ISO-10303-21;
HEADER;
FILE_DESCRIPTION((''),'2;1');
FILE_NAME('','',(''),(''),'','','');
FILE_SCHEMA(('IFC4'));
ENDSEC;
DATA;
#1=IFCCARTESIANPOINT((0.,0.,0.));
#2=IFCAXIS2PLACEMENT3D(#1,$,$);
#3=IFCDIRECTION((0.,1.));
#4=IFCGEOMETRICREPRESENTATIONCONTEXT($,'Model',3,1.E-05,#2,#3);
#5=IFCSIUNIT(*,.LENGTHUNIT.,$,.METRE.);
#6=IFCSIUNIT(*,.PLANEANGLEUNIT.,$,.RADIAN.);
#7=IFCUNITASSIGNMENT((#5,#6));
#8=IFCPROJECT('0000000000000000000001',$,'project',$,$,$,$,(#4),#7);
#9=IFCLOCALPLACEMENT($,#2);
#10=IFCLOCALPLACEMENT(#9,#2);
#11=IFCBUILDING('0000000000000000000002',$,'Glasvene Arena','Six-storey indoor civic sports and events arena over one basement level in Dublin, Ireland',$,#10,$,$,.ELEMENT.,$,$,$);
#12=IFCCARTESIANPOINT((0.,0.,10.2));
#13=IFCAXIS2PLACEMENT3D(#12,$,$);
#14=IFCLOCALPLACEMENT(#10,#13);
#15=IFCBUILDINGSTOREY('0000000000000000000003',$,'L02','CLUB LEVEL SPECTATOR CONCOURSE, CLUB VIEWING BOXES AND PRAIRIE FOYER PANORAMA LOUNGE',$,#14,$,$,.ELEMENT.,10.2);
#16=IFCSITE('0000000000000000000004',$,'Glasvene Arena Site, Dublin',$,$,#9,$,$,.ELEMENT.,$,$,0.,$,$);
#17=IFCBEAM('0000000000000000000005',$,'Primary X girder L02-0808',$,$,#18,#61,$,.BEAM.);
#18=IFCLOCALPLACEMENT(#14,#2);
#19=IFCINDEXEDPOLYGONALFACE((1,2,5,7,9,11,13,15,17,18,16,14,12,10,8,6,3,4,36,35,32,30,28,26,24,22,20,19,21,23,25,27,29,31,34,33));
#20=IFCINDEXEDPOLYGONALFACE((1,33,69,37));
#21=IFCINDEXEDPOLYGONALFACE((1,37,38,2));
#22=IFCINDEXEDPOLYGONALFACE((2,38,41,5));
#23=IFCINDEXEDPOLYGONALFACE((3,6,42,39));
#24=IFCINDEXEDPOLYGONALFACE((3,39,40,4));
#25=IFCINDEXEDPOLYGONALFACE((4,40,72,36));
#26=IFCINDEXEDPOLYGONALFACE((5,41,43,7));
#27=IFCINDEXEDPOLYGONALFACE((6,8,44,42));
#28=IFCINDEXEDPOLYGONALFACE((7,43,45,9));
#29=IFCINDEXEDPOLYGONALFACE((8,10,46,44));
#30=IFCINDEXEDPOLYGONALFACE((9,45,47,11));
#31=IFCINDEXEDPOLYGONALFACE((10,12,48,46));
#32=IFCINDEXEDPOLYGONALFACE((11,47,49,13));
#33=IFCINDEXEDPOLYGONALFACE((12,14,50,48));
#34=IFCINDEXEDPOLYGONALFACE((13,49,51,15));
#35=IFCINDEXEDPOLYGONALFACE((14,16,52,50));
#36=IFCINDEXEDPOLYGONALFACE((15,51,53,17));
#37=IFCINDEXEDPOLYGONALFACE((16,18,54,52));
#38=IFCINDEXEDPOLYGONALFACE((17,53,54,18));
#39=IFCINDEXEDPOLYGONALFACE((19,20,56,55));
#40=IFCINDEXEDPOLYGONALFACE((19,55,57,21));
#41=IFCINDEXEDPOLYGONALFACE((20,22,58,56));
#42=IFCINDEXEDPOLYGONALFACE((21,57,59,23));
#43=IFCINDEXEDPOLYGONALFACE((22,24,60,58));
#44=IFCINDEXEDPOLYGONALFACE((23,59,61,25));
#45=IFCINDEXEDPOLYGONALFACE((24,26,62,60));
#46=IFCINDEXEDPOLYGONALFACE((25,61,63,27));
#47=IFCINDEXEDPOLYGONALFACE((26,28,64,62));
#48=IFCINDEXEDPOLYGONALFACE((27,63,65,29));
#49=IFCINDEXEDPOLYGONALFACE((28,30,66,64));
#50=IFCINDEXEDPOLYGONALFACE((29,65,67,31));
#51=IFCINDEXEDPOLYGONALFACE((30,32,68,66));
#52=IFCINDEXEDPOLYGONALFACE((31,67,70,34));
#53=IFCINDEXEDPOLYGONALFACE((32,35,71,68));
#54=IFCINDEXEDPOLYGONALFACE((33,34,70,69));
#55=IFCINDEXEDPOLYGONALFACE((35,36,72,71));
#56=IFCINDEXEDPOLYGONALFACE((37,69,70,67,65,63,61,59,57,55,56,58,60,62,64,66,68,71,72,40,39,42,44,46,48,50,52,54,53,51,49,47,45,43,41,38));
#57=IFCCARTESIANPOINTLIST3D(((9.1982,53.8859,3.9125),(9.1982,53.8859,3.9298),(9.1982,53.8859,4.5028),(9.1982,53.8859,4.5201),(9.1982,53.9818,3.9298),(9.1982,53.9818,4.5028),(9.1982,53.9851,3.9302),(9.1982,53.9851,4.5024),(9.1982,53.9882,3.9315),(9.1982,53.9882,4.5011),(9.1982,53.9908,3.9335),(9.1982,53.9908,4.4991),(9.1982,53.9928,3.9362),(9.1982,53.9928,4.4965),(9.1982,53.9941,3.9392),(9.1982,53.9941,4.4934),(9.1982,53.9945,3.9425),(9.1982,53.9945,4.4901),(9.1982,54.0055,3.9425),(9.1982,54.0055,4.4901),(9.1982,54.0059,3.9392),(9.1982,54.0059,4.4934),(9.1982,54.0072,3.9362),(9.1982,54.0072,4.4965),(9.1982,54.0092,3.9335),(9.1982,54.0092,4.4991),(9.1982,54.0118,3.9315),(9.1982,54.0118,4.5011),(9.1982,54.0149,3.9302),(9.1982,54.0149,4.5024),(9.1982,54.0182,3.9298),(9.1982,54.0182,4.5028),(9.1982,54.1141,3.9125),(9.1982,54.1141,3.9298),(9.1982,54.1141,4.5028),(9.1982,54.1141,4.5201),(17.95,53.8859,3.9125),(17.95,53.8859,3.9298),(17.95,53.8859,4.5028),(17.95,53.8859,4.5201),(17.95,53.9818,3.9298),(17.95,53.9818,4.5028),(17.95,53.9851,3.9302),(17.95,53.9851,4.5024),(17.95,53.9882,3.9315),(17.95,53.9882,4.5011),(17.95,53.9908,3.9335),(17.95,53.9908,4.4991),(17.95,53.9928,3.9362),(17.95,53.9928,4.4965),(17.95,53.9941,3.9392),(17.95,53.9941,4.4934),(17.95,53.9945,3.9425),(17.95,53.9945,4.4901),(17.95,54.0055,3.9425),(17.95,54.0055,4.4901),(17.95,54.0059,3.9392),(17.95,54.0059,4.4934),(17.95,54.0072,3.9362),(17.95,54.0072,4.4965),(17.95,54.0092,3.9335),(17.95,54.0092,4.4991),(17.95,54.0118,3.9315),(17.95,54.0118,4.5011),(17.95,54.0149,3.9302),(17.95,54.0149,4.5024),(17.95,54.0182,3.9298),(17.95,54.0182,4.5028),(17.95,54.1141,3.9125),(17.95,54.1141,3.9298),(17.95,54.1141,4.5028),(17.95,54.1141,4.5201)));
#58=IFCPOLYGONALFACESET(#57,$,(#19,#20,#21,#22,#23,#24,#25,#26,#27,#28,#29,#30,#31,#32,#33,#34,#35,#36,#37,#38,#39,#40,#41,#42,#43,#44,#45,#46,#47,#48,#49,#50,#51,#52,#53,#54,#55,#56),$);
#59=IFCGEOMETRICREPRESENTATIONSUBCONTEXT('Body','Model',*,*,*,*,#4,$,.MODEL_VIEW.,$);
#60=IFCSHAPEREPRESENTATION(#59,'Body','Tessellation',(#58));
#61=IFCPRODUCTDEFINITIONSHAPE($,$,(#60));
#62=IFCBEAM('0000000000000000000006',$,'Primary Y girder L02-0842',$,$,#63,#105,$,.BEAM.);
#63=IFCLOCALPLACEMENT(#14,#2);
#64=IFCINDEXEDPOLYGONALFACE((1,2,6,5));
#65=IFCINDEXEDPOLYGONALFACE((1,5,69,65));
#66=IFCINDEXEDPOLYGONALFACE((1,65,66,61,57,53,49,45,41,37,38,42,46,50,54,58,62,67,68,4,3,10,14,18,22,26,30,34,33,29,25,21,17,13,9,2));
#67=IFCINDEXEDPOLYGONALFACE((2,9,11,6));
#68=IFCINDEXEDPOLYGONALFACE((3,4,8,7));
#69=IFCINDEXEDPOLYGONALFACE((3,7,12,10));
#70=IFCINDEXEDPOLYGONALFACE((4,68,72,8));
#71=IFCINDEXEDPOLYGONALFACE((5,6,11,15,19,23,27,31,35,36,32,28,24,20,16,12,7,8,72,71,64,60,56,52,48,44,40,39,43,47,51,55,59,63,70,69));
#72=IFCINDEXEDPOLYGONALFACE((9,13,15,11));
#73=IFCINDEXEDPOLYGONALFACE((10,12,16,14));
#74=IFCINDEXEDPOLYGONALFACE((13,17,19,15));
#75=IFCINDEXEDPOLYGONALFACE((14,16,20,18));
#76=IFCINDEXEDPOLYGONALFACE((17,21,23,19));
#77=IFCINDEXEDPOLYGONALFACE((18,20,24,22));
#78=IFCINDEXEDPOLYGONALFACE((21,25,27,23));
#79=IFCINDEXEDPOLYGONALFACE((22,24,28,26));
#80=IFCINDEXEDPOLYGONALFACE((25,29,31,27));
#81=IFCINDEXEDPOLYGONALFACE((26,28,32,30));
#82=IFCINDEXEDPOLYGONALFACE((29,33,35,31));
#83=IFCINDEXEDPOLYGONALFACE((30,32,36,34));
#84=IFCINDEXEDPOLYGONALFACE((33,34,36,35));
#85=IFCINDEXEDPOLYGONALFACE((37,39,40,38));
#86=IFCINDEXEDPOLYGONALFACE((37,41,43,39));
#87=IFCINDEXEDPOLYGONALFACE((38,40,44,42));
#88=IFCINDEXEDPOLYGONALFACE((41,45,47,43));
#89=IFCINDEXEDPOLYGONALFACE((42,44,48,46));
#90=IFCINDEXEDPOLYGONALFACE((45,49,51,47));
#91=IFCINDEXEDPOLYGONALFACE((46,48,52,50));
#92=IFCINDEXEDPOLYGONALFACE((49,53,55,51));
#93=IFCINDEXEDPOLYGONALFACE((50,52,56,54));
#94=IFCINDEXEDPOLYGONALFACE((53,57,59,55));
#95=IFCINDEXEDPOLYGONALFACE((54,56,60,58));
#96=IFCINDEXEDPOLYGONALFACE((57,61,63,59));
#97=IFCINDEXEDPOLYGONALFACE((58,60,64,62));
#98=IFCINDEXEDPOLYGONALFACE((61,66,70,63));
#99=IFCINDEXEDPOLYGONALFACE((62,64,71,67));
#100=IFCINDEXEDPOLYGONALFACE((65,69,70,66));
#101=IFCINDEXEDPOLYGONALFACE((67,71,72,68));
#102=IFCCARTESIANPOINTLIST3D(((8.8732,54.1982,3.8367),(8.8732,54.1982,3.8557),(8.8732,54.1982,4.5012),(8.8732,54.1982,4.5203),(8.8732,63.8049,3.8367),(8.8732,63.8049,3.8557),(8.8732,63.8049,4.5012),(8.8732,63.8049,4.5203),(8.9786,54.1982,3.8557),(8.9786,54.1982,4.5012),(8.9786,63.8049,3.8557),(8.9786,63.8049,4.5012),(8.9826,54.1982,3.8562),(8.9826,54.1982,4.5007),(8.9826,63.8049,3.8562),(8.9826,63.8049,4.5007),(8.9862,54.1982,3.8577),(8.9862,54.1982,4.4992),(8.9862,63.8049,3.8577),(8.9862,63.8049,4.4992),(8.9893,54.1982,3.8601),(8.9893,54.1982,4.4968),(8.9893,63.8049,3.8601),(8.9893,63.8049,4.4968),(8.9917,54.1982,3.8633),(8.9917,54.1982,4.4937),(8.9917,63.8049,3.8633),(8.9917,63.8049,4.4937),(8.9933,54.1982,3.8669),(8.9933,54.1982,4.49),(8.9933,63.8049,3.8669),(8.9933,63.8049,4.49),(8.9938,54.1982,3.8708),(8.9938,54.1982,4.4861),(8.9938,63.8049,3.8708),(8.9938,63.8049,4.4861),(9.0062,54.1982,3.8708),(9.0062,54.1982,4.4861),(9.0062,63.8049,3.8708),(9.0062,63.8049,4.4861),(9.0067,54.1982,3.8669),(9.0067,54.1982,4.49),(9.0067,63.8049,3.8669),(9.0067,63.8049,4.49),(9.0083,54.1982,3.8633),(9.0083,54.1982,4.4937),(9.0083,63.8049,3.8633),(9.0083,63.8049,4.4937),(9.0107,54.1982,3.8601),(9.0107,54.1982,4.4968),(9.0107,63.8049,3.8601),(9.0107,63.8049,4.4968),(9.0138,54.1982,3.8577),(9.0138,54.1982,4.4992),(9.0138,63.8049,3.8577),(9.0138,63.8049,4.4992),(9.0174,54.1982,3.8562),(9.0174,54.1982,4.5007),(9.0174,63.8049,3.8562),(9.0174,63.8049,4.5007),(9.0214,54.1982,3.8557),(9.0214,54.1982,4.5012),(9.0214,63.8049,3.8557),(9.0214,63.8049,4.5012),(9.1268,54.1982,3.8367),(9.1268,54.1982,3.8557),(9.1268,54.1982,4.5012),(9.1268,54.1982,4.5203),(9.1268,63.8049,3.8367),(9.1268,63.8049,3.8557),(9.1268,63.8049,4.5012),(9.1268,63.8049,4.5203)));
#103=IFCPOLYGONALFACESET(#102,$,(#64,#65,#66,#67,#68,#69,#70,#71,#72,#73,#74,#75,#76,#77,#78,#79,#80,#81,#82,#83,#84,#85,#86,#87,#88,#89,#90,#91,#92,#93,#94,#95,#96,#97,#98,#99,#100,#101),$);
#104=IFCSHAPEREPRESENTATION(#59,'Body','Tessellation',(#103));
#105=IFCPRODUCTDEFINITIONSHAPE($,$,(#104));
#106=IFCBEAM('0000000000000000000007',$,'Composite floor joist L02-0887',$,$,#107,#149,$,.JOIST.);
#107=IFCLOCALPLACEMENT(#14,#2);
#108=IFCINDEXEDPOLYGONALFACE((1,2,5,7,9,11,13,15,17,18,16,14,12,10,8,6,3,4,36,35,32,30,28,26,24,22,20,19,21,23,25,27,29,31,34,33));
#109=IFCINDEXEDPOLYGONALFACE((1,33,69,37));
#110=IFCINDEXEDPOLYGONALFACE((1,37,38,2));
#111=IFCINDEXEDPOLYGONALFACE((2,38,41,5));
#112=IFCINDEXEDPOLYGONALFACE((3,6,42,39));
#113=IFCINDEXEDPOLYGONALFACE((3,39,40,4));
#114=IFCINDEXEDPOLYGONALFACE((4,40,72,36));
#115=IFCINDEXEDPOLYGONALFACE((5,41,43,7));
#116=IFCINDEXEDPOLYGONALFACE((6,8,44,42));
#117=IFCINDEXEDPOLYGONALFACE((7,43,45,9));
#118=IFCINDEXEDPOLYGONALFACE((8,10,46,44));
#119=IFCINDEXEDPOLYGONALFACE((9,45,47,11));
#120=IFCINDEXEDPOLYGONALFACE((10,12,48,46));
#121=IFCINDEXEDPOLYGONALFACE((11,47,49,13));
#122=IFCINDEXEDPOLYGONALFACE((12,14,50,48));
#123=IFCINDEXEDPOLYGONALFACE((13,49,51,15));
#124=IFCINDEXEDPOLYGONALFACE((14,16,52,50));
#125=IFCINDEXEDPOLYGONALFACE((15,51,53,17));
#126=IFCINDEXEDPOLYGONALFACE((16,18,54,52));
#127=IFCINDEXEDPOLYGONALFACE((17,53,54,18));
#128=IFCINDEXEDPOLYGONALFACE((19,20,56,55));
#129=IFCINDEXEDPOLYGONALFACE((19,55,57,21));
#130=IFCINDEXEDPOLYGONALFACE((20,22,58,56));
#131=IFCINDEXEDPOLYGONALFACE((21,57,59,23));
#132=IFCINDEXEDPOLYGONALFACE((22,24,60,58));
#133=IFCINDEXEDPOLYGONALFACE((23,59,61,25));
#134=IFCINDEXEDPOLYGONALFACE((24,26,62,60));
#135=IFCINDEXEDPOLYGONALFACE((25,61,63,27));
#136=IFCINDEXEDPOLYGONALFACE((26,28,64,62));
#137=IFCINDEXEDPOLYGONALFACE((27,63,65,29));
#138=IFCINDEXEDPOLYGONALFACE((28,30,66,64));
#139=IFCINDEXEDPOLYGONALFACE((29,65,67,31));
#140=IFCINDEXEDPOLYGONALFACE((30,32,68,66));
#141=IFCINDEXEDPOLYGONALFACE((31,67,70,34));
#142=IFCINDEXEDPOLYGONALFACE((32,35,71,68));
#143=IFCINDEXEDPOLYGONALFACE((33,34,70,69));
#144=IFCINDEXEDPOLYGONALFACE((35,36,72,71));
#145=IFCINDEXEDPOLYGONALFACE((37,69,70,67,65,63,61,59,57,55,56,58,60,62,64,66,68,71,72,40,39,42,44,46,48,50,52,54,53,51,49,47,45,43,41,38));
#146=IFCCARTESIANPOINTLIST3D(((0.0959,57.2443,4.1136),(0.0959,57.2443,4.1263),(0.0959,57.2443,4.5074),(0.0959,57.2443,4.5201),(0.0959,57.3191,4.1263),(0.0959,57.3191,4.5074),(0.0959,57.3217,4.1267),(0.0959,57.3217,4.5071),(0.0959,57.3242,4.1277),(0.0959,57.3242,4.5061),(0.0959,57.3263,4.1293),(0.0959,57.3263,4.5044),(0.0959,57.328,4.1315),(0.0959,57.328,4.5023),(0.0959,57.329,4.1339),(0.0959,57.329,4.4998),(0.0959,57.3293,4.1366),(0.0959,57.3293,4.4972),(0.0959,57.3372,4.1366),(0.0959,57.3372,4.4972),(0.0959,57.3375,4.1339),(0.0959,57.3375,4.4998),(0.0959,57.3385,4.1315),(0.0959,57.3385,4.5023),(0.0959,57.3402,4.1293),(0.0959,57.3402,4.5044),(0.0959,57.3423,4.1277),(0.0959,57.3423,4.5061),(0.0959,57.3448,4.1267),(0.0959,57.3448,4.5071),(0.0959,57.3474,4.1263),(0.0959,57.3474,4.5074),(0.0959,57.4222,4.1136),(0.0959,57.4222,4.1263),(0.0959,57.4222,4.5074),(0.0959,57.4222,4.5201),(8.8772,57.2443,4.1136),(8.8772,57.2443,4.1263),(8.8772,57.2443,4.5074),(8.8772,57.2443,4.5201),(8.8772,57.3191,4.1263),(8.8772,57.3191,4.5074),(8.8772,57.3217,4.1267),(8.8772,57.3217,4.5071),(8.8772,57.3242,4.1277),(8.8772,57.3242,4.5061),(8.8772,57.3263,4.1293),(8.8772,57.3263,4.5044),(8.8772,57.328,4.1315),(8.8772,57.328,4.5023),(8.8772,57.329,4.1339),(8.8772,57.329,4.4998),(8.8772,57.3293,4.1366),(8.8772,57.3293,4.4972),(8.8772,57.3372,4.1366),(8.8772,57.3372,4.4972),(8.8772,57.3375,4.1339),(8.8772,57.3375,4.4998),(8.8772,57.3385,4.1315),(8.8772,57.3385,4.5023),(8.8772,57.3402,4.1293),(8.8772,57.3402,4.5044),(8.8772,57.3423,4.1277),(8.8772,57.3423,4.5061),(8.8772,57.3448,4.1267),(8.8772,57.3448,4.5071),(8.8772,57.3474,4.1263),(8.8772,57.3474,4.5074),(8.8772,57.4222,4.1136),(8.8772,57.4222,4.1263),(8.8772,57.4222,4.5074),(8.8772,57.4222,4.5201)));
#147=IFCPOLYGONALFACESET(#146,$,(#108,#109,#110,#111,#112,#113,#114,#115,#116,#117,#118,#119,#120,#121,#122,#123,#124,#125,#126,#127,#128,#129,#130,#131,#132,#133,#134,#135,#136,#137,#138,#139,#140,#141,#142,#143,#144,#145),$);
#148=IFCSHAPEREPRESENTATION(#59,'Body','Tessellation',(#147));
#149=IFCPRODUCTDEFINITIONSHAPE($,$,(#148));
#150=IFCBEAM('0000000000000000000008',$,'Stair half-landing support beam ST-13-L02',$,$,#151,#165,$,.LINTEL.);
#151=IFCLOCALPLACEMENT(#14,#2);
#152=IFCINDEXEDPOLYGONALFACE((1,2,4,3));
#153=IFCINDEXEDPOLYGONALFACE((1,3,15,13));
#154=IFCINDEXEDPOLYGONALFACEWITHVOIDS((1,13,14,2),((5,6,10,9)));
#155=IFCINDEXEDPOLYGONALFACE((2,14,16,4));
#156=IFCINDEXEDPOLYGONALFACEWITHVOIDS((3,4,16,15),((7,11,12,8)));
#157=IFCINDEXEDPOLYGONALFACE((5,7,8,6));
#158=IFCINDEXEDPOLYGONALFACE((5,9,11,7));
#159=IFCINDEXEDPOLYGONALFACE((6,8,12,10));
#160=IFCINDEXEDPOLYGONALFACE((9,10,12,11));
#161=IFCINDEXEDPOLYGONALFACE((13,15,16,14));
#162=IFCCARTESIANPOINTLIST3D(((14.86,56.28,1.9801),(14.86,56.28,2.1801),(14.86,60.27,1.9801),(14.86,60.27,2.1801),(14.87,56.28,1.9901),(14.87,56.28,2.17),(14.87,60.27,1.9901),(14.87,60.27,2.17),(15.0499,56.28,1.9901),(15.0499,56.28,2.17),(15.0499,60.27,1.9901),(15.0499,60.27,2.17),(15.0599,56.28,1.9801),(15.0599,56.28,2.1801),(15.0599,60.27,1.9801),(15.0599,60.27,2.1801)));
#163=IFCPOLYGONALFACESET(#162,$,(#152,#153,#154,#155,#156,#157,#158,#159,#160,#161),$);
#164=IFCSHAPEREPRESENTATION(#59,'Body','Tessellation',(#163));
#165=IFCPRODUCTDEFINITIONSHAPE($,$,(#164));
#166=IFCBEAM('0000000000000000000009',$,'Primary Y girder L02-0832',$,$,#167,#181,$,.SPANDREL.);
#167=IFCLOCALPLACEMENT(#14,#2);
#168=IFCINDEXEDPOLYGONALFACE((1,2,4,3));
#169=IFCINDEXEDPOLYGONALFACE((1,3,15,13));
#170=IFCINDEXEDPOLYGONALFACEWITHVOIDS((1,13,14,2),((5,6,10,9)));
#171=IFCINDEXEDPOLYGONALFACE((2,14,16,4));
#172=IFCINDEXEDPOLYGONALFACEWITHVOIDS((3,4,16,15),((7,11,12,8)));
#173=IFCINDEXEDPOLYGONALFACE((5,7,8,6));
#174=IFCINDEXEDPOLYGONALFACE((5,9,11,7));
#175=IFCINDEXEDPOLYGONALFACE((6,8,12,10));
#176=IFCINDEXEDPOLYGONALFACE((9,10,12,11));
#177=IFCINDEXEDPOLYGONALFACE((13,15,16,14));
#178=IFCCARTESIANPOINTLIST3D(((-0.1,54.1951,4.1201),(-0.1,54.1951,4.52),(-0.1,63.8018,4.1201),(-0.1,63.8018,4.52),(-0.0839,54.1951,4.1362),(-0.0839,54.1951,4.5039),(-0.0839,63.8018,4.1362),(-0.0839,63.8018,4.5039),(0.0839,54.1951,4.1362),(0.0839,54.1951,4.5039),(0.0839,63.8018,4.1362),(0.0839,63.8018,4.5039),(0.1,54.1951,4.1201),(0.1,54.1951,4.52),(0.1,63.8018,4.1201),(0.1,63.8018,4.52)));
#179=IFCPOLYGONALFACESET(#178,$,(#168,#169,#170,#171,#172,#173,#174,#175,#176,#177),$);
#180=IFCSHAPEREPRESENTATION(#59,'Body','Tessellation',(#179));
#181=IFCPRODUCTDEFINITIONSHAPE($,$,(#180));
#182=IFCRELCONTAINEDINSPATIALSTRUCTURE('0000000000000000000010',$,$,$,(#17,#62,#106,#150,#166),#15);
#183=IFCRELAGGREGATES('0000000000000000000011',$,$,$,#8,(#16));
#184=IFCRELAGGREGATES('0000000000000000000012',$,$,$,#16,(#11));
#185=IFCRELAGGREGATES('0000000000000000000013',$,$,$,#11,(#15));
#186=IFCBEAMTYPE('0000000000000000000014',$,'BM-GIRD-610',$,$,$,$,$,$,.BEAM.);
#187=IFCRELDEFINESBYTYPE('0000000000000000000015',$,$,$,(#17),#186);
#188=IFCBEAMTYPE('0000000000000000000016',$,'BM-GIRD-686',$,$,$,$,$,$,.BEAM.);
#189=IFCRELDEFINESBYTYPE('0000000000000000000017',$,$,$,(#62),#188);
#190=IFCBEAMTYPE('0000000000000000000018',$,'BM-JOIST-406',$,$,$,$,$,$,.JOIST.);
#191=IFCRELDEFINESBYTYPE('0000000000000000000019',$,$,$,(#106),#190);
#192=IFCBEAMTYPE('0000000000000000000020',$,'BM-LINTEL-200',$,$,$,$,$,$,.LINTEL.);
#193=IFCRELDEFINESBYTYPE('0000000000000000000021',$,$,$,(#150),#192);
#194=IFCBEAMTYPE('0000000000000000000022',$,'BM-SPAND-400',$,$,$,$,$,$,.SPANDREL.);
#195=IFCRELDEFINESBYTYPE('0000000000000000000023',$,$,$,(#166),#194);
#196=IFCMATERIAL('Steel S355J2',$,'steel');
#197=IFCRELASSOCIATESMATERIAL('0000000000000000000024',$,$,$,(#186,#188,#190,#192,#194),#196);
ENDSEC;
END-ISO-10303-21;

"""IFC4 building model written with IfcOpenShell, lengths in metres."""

from ifc_helpers import new_model, si_unit, direction, frame, origin, origin_2d, place, context, subcontext, project, spatial, hollow_rectangle, i_section, extrude, material, material_profile, profile_set, type_object, element, save


model = new_model("IFC4")

# Units and contexts
model_context = context("Model", 3, precision=1e-05, world=origin(), true_north=direction((0.0, 1.0)))
body_context = subcontext(model_context, "Body", "Model", "MODEL_VIEW")
ifc_project = project(units=[si_unit("LENGTHUNIT", "METRE"), si_unit("PLANEANGLEUNIT", "RADIAN")], contexts=[model_context])

# Site, building, storey
site_placement = place(None, origin())
site = spatial("IfcSite", under=ifc_project, at=site_placement, Name="Glasvene Arena Site, Dublin", CompositionType="ELEMENT", RefElevation=0.0)
building_placement = place(site_placement, origin())
building = spatial("IfcBuilding", under=site, at=building_placement, Name="Glasvene Arena", Description="Six-storey indoor civic sports and events arena over one basement level in Dublin, Ireland", CompositionType="ELEMENT")
storey_placement = place(building_placement, frame((0.0, 0.0, 10.2)))
storey = spatial("IfcBuildingStorey", under=building, at=storey_placement, Name="L02", Description="CLUB LEVEL SPECTATOR CONCOURSE, CLUB VIEWING BOXES AND PRAIRIE FOYER PANORAMA LOUNGE", CompositionType="ELEMENT", Elevation=10.2)

# Shared definitions
ifc_material_1 = material(Name="Steel S355J2", Category="steel")

# Beams
ifc_material_profile_1 = material_profile(ifc_material_1, i_section(OverallWidth=0.2283, OverallDepth=0.6077, WebThickness=0.011, FlangeThickness=0.0173, FilletRadius=0.0127, at=origin_2d()), Name="UKB 610x229x113")
ifc_profile_set_1 = profile_set([ifc_material_profile_1], Name="Steel S355J2")
beam_type_1 = type_object("IfcBeamType", Name="BM-GIRD-610", PredefinedType="BEAM", material=ifc_profile_set_1)
for number, where, z_axis, x_axis, name in (
    (1, (9.1982, 54.0, 4.2163), (1.0, 0.0, 0.0), (0.0, 1.0, 0.0), "Primary X girder L02-0808"),
):
    element("IfcBeam", number, at=place(storey_placement, frame(where, z_axis=z_axis, x_axis=x_axis)), inside=storey, type_object=beam_type_1, Name=name, PredefinedType="BEAM", context=body_context, shape_type="SweptSolid", body=[
        extrude(i_section(OverallWidth=0.2283, OverallDepth=0.6077, WebThickness=0.011, FlangeThickness=0.0173, FilletRadius=0.0127, at=origin_2d()), origin(), (0.0, 0.0, 1.0), 8.7517),
    ])
ifc_material_profile_2 = material_profile(ifc_material_1, i_section(OverallWidth=0.2537, OverallDepth=0.6836, WebThickness=0.0125, FlangeThickness=0.019, FilletRadius=0.0151, at=origin_2d()), Name="UKB 686x254x140")
ifc_profile_set_2 = profile_set([ifc_material_profile_2], Name="Steel S355J2")
beam_type_2 = type_object("IfcBeamType", Name="BM-GIRD-686", PredefinedType="BEAM", material=ifc_profile_set_2)
beam_1_placement = place(storey_placement, frame((9.0, 54.1982, 4.1785), z_axis=(0.0, 1.0, 0.0), x_axis=(-1.0, 0.0, 0.0)))
element("IfcBeam", 2, at=beam_1_placement, inside=storey, type_object=beam_type_2, Name="Primary Y girder L02-0842", PredefinedType="BEAM", context=body_context, shape_type="SweptSolid", body=[
    extrude(i_section(OverallWidth=0.2537, OverallDepth=0.6836, WebThickness=0.0125, FlangeThickness=0.019, FilletRadius=0.0151, at=origin_2d()), origin(), (0.0, 0.0, 1.0), 9.6067),
])
ifc_material_profile_3 = material_profile(ifc_material_1, i_section(OverallWidth=0.178, OverallDepth=0.4065, WebThickness=0.0078, FlangeThickness=0.0127, FilletRadius=0.0103, at=origin_2d()), Name="UKB 406x178x60")
ifc_profile_set_3 = profile_set([ifc_material_profile_3], Name="Steel S355J2")
beam_type_3 = type_object("IfcBeamType", Name="BM-JOIST-406", PredefinedType="JOIST", material=ifc_profile_set_3)
beam_2_placement = place(storey_placement, frame((0.0959, 57.3333, 4.3169), z_axis=(1.0, 0.0, 0.0), x_axis=(0.0, 1.0, 0.0)))
element("IfcBeam", 3, at=beam_2_placement, inside=storey, type_object=beam_type_3, Name="Composite floor joist L02-0887", PredefinedType="JOIST", context=body_context, shape_type="SweptSolid", body=[
    extrude(i_section(OverallWidth=0.178, OverallDepth=0.4065, WebThickness=0.0078, FlangeThickness=0.0127, FilletRadius=0.0103, at=origin_2d()), origin(), (0.0, 0.0, 1.0), 8.7812),
])
ifc_material_profile_4 = material_profile(ifc_material_1, hollow_rectangle(XDim=0.2, YDim=0.2, WallThickness=0.01, at=origin_2d()), Name="SHS 200x200x10.0")
ifc_profile_set_4 = profile_set([ifc_material_profile_4], Name="Steel S355J2")
beam_type_4 = type_object("IfcBeamType", Name="BM-LINTEL-200", PredefinedType="LINTEL", material=ifc_profile_set_4)
beam_3_placement = place(storey_placement, frame((14.96, 56.28, 2.0801), z_axis=(0.0, 1.0, 0.0), x_axis=(-1.0, 0.0, 0.0)))
element("IfcBeam", 4, at=beam_3_placement, inside=storey, type_object=beam_type_4, Name="Stair half-landing support beam ST-13-L02", PredefinedType="LINTEL", context=body_context, shape_type="SweptSolid", body=[
    extrude(hollow_rectangle(XDim=0.2, YDim=0.2, WallThickness=0.01, at=origin_2d()), origin(), (0.0, 0.0, 1.0), 3.99),
])
ifc_material_profile_5 = material_profile(ifc_material_1, hollow_rectangle(XDim=0.2, YDim=0.3999, WallThickness=0.0161, at=origin_2d()), Name="RHS 400x200x16.0")
ifc_profile_set_5 = profile_set([ifc_material_profile_5], Name="Steel S355J2")
beam_type_5 = type_object("IfcBeamType", Name="BM-SPAND-400", PredefinedType="SPANDREL", material=ifc_profile_set_5)
beam_4_placement = place(storey_placement, frame((0.0, 54.1951, 4.3201), z_axis=(0.0, 1.0, 0.0), x_axis=(-1.0, 0.0, 0.0)))
element("IfcBeam", 5, at=beam_4_placement, inside=storey, type_object=beam_type_5, Name="Primary Y girder L02-0832", PredefinedType="SPANDREL", context=body_context, shape_type="SweptSolid", body=[
    extrude(hollow_rectangle(XDim=0.2, YDim=0.3999, WallThickness=0.0161, at=origin_2d()), origin(), (0.0, 0.0, 1.0), 9.6067),
])

save(model, "model.ifc")
